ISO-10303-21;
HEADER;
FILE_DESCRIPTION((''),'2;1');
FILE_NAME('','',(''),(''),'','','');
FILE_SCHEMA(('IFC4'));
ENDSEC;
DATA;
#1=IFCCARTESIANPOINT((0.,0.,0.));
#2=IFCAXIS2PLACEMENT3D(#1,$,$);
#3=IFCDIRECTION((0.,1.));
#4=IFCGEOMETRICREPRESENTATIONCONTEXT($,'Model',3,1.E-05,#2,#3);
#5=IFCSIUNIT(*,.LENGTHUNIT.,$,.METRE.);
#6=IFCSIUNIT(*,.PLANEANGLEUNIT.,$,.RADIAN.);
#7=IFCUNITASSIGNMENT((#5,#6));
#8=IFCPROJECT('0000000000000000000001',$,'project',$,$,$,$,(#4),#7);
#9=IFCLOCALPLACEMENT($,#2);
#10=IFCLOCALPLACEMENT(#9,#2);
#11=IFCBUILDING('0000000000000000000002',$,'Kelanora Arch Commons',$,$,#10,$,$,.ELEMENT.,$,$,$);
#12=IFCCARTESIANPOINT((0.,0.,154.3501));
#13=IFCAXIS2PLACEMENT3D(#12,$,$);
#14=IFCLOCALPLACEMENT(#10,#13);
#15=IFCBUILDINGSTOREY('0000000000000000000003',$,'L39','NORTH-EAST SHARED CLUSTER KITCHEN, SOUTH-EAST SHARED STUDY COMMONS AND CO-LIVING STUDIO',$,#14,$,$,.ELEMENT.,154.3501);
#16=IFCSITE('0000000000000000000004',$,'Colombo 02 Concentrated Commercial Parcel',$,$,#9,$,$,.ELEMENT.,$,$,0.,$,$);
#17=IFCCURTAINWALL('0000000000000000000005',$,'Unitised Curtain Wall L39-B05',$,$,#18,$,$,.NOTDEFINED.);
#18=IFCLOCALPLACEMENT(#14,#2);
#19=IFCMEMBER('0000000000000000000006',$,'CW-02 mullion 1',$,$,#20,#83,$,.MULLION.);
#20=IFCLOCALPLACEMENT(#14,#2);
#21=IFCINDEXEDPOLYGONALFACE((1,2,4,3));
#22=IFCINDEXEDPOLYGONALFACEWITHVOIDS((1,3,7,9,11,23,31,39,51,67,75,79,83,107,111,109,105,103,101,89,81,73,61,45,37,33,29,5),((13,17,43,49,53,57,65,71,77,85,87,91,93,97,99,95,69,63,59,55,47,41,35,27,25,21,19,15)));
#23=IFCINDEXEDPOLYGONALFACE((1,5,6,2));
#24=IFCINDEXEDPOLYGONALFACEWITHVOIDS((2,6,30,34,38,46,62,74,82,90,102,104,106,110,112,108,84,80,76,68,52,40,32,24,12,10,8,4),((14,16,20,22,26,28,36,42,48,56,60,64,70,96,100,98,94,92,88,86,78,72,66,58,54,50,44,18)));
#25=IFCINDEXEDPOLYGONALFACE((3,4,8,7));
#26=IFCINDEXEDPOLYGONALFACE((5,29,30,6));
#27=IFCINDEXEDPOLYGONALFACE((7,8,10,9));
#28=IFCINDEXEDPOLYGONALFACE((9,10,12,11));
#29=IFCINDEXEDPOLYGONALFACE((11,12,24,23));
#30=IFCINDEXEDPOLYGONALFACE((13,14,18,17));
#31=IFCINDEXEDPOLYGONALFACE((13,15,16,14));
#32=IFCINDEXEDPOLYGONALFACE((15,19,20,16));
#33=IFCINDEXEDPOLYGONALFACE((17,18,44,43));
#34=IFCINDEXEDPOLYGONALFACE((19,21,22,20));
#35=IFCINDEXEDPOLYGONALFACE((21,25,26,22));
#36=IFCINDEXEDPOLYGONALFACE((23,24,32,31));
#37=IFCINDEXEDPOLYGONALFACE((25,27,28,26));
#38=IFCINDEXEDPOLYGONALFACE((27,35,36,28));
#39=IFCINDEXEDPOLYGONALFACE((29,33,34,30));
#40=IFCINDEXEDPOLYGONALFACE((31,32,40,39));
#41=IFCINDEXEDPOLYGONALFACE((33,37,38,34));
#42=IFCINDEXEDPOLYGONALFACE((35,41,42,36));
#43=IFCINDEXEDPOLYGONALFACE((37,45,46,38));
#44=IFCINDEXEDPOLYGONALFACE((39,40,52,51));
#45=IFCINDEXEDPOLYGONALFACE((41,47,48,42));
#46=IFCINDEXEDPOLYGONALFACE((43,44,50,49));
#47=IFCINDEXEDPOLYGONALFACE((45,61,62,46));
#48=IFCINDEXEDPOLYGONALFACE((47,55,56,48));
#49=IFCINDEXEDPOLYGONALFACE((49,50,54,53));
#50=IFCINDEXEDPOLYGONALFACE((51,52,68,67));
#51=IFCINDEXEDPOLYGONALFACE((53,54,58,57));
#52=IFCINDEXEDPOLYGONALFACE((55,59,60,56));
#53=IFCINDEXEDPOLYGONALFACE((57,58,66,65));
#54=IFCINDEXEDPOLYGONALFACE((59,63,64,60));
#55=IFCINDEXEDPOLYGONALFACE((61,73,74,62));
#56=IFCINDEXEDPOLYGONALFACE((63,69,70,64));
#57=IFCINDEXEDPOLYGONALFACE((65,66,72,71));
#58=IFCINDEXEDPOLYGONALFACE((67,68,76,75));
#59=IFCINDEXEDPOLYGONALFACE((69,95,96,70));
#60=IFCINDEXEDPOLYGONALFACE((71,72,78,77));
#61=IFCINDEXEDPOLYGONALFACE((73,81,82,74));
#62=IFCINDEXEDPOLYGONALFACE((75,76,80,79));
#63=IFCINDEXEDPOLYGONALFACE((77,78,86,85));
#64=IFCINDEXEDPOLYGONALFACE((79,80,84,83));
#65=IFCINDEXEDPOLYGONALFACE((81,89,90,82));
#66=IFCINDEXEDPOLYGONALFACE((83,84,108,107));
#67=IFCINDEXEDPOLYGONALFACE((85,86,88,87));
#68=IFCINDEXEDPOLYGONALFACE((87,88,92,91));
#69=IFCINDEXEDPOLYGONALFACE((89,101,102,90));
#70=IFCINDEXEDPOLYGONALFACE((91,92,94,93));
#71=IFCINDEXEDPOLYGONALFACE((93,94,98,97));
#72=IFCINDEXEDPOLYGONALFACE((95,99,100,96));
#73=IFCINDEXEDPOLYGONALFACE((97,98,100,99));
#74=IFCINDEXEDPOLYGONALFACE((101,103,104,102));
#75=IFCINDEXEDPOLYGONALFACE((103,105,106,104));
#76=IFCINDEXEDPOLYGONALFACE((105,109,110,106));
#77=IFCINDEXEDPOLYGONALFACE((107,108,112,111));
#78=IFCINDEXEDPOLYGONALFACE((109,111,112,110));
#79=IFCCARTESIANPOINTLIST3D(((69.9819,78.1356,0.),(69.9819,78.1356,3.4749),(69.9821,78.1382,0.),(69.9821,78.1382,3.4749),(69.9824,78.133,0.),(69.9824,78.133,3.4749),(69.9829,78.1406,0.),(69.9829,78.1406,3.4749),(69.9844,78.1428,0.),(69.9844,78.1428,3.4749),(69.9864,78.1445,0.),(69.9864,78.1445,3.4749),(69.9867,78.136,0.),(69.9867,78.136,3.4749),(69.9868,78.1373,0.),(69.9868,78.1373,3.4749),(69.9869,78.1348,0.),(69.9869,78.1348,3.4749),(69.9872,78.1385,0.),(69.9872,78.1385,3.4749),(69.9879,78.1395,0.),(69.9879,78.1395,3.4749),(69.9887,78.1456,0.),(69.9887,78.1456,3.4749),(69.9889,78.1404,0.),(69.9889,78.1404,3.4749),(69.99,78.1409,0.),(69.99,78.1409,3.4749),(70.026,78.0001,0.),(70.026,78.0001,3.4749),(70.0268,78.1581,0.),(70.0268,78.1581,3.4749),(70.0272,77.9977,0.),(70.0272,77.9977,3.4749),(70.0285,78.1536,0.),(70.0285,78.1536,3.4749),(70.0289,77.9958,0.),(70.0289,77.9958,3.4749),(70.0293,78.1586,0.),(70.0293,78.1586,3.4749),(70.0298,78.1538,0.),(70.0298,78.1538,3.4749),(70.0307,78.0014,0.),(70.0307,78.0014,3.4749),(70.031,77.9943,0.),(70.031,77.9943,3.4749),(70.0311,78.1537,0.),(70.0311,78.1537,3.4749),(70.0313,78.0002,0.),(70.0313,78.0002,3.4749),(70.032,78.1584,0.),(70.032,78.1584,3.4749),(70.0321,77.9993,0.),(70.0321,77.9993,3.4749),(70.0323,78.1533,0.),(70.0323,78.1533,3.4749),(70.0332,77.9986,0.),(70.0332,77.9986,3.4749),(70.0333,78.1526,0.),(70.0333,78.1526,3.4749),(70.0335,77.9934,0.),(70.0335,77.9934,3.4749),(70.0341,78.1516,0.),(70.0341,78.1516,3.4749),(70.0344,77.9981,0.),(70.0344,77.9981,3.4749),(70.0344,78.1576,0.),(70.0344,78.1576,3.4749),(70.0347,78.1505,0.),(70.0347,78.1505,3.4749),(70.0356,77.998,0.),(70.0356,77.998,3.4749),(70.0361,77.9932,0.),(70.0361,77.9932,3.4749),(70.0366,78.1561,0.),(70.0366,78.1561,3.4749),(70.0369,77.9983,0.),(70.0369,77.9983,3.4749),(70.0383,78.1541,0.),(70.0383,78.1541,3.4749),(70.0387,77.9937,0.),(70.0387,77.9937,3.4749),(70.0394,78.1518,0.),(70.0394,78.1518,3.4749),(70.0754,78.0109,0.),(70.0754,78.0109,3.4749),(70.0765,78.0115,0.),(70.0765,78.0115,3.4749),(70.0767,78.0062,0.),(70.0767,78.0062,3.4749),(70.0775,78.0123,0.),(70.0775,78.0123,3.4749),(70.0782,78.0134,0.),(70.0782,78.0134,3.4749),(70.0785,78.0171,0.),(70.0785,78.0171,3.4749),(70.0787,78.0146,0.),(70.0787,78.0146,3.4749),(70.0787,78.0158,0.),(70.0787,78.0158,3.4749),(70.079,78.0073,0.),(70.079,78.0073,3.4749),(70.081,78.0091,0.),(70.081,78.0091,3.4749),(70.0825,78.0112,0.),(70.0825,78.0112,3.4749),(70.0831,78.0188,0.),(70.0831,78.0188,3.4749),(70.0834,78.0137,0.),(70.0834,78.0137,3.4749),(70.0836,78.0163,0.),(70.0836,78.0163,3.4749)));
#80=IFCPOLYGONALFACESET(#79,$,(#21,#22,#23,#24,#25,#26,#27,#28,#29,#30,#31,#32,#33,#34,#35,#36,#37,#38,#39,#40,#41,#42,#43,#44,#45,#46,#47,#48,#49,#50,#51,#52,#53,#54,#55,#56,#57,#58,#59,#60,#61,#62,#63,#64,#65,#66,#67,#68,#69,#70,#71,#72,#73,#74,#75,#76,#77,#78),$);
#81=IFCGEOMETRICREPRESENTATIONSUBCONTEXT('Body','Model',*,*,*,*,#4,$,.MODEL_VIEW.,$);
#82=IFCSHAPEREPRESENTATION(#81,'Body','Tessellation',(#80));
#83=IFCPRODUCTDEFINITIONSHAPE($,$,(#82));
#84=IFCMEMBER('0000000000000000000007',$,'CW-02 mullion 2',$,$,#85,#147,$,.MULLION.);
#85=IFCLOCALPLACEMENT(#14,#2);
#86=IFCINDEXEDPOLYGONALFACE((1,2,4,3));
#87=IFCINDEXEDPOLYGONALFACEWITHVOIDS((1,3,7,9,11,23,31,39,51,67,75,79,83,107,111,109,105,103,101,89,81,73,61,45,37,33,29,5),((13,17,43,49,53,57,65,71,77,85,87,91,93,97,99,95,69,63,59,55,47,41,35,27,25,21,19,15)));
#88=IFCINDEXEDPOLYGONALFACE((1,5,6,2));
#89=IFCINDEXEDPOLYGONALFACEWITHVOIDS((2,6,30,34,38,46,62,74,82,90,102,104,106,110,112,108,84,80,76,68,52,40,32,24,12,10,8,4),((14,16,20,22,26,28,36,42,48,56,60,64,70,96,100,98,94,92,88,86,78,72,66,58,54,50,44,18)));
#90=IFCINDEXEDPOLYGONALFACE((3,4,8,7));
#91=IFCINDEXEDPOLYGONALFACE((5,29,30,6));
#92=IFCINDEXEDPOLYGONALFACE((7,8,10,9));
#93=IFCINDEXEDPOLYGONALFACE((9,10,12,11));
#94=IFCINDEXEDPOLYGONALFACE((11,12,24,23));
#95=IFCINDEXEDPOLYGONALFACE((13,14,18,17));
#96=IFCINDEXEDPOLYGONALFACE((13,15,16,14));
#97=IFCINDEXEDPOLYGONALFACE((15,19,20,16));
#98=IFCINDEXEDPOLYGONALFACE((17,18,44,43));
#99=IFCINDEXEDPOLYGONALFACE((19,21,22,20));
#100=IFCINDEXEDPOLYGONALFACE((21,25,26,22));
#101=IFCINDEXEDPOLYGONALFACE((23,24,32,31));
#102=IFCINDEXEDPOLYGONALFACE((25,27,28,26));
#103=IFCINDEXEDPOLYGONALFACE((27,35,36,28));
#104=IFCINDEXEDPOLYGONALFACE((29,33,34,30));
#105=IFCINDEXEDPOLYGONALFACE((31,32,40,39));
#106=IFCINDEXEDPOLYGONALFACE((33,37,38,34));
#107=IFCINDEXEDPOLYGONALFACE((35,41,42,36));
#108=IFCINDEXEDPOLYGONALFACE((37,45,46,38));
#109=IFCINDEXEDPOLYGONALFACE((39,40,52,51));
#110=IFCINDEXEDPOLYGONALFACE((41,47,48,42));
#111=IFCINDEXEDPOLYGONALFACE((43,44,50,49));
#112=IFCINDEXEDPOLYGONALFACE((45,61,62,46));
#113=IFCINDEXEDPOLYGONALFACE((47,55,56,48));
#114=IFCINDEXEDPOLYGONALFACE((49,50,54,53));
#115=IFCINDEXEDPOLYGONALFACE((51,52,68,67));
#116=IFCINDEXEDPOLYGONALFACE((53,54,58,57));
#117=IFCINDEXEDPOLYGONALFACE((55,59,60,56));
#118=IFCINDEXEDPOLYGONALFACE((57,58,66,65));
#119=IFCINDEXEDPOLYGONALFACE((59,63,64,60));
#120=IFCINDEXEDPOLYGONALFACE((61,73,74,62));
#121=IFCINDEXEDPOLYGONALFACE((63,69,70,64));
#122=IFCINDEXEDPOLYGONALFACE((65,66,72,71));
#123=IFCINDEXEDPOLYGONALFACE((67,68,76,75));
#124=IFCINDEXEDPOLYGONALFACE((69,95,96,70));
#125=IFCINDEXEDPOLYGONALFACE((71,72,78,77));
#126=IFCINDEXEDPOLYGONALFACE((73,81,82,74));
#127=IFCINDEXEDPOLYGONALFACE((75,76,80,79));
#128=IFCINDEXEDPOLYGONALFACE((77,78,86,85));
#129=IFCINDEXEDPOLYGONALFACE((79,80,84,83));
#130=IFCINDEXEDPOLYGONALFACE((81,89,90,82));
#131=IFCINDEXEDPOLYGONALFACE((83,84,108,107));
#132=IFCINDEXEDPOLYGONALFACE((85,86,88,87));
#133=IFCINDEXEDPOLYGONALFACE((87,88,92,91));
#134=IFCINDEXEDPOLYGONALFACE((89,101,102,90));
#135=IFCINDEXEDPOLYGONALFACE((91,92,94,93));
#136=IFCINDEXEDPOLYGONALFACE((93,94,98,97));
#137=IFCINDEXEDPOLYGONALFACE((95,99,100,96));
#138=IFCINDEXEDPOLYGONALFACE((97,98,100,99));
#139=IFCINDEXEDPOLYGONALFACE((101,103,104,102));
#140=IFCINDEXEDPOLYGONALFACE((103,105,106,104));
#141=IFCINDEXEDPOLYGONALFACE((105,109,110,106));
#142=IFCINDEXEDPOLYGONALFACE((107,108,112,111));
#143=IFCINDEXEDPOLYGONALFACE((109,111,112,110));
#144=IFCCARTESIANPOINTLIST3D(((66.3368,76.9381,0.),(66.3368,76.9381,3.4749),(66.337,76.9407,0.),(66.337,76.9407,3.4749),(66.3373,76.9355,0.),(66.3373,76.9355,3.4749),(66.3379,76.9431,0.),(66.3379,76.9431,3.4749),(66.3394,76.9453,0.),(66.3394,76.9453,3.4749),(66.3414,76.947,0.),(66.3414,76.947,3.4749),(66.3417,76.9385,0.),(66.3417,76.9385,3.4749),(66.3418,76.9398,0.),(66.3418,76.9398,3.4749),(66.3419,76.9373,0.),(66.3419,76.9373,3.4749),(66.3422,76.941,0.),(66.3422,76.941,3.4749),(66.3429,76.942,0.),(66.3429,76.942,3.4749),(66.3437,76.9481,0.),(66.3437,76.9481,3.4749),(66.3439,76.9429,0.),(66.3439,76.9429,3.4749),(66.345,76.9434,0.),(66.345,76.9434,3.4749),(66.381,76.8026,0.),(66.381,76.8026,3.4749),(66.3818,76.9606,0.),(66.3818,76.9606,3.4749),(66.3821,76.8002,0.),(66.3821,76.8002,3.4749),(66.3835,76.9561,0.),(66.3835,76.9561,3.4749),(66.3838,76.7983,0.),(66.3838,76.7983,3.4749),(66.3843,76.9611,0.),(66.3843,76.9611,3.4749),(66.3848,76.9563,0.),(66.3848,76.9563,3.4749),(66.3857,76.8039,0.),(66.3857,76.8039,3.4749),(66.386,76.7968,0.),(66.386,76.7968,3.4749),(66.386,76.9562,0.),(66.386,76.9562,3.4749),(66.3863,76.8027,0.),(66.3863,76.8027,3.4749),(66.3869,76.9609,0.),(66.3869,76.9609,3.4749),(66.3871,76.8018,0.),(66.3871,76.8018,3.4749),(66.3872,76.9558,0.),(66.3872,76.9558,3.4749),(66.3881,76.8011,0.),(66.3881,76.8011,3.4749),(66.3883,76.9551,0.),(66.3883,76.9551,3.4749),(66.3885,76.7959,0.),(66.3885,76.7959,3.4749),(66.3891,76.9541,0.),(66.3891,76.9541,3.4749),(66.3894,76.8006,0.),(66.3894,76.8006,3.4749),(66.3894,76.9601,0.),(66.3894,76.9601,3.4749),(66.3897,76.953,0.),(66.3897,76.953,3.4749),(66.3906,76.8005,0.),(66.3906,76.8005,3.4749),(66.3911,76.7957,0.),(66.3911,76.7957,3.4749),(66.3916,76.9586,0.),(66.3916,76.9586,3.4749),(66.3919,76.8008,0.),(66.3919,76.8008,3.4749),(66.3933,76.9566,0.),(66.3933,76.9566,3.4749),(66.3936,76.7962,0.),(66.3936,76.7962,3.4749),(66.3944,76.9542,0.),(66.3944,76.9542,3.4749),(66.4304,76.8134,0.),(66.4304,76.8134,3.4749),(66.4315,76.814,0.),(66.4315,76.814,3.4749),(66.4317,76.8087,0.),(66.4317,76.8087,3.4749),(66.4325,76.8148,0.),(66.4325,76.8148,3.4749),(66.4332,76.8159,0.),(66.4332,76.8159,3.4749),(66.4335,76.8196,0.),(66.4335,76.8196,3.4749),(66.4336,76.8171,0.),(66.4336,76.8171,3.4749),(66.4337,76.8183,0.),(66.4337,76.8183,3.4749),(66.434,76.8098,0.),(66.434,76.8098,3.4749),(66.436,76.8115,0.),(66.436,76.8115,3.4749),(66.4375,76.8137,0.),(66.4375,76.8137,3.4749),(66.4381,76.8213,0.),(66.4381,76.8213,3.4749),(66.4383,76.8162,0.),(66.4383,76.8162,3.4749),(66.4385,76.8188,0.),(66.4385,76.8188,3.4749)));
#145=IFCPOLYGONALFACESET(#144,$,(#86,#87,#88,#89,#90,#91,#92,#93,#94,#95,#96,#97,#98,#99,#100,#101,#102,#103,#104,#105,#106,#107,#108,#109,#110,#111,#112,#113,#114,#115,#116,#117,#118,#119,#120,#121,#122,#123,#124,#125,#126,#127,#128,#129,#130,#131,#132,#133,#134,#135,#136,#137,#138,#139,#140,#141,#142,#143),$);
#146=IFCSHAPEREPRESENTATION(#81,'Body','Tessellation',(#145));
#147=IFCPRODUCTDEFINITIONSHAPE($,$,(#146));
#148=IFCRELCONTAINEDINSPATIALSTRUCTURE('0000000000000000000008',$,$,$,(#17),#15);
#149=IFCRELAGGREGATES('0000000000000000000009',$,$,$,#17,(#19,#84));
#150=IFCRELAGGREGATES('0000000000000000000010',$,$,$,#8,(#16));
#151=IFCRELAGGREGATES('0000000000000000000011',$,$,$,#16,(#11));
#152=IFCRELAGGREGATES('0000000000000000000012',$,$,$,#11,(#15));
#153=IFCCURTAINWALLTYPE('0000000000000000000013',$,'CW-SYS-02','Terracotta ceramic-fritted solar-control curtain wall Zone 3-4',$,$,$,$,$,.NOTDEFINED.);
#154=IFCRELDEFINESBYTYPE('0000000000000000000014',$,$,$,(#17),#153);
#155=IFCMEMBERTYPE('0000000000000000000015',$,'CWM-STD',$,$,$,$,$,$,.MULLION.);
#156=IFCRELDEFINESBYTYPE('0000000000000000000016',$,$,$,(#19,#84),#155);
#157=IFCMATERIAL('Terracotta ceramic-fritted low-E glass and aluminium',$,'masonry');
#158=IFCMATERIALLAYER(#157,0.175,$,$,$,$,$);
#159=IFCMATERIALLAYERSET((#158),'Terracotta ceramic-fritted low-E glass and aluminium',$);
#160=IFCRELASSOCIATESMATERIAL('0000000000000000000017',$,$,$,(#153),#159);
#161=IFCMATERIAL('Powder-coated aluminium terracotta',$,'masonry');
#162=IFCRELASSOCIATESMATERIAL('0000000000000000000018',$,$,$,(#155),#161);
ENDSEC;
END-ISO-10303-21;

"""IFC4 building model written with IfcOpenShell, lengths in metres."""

from ifc_helpers import new_model, si_unit, direction, frame, origin, origin_2d, place, context, subcontext, project, spatial, hollow_rectangle, extrude, material, layer, layer_set, material_profile, profile_set, type_object, element, aggregate, save


model = new_model("IFC4")

# Units and contexts
model_context = context("Model", 3, precision=1e-05, world=origin(), true_north=direction((0.0, 1.0)))
body_context = subcontext(model_context, "Body", "Model", "MODEL_VIEW")
ifc_project = project(units=[si_unit("LENGTHUNIT", "METRE"), si_unit("PLANEANGLEUNIT", "RADIAN")], contexts=[model_context])

# Site, building, storey
site_placement = place(None, origin())
site = spatial("IfcSite", under=ifc_project, at=site_placement, Name="Colombo 02 Concentrated Commercial Parcel", CompositionType="ELEMENT", RefElevation=0.0)
building_placement = place(site_placement, origin())
building = spatial("IfcBuilding", under=site, at=building_placement, Name="Kelanora Arch Commons", CompositionType="ELEMENT")
storey_placement = place(building_placement, frame((0.0, 0.0, 154.3501)))
storey = spatial("IfcBuildingStorey", under=building, at=storey_placement, Name="L39", Description="NORTH-EAST SHARED CLUSTER KITCHEN, SOUTH-EAST SHARED STUDY COMMONS AND CO-LIVING STUDIO", CompositionType="ELEMENT", Elevation=154.3501)

# Curtain wall, members
ifc_material_1 = material(Name="Terracotta ceramic-fritted low-E glass and aluminium", Category="masonry")
ifc_layer_1 = layer(ifc_material_1, 0.175)
ifc_layer_set_1 = layer_set([ifc_layer_1], Name="Terracotta ceramic-fritted low-E glass and aluminium")
curtain_wall_type = type_object("IfcCurtainWallType", Name="CW-SYS-02", Description="Terracotta ceramic-fritted solar-control curtain wall Zone 3-4", PredefinedType="NOTDEFINED", material=ifc_layer_set_1)
curtain_wall_placement = place(storey_placement, origin())
curtain_wall = element("IfcCurtainWall", 1, at=curtain_wall_placement, inside=storey, type_object=curtain_wall_type, Name="Unitised Curtain Wall L39-B05", PredefinedType="NOTDEFINED")
ifc_material_2 = material(Name="Powder-coated aluminium terracotta", Category="masonry")
ifc_material_profile_1 = material_profile(ifc_material_2, hollow_rectangle(XDim=0.1599, YDim=0.0601, WallThickness=0.0049, InnerFilletRadius=0.0049, OuterFilletRadius=0.01, at=origin_2d()), Name="CWM160x60")
ifc_profile_set_1 = profile_set([ifc_material_profile_1], Name="Powder-coated aluminium terracotta")
member_type_1 = type_object("IfcMemberType", Name="CWM-STD", PredefinedType="MULLION", material=ifc_profile_set_1)
member_1_placement = place(storey_placement, frame((70.0327, 78.0759, 0.0), z_axis=(0.0, 0.0, 1.0), x_axis=(0.312128, -0.95004, 0.0)))
member_1 = element("IfcMember", 2, at=member_1_placement, type_object=member_type_1, Name="CW-02 mullion 1", PredefinedType="MULLION", context=body_context, shape_type="SweptSolid", body=[
    extrude(hollow_rectangle(XDim=0.1599, YDim=0.0601, WallThickness=0.0049, InnerFilletRadius=0.0049, OuterFilletRadius=0.01, at=origin_2d()), origin(), (0.0, 0.0, 1.0), 3.4749),
])
member_2_placement = place(storey_placement, frame((66.3877, 76.8784, 0.0), z_axis=(0.0, 0.0, 1.0), x_axis=(0.312128, -0.95004, 0.0)))
member_2 = element("IfcMember", 3, at=member_2_placement, type_object=member_type_1, Name="CW-02 mullion 2", PredefinedType="MULLION", context=body_context, shape_type="SweptSolid", body=[
    extrude(hollow_rectangle(XDim=0.1599, YDim=0.0601, WallThickness=0.0049, InnerFilletRadius=0.0049, OuterFilletRadius=0.01, at=origin_2d()), origin(), (0.0, 0.0, 1.0), 3.4749),
])
aggregate(curtain_wall, [member_1, member_2])

save(model, "model.ifc")
